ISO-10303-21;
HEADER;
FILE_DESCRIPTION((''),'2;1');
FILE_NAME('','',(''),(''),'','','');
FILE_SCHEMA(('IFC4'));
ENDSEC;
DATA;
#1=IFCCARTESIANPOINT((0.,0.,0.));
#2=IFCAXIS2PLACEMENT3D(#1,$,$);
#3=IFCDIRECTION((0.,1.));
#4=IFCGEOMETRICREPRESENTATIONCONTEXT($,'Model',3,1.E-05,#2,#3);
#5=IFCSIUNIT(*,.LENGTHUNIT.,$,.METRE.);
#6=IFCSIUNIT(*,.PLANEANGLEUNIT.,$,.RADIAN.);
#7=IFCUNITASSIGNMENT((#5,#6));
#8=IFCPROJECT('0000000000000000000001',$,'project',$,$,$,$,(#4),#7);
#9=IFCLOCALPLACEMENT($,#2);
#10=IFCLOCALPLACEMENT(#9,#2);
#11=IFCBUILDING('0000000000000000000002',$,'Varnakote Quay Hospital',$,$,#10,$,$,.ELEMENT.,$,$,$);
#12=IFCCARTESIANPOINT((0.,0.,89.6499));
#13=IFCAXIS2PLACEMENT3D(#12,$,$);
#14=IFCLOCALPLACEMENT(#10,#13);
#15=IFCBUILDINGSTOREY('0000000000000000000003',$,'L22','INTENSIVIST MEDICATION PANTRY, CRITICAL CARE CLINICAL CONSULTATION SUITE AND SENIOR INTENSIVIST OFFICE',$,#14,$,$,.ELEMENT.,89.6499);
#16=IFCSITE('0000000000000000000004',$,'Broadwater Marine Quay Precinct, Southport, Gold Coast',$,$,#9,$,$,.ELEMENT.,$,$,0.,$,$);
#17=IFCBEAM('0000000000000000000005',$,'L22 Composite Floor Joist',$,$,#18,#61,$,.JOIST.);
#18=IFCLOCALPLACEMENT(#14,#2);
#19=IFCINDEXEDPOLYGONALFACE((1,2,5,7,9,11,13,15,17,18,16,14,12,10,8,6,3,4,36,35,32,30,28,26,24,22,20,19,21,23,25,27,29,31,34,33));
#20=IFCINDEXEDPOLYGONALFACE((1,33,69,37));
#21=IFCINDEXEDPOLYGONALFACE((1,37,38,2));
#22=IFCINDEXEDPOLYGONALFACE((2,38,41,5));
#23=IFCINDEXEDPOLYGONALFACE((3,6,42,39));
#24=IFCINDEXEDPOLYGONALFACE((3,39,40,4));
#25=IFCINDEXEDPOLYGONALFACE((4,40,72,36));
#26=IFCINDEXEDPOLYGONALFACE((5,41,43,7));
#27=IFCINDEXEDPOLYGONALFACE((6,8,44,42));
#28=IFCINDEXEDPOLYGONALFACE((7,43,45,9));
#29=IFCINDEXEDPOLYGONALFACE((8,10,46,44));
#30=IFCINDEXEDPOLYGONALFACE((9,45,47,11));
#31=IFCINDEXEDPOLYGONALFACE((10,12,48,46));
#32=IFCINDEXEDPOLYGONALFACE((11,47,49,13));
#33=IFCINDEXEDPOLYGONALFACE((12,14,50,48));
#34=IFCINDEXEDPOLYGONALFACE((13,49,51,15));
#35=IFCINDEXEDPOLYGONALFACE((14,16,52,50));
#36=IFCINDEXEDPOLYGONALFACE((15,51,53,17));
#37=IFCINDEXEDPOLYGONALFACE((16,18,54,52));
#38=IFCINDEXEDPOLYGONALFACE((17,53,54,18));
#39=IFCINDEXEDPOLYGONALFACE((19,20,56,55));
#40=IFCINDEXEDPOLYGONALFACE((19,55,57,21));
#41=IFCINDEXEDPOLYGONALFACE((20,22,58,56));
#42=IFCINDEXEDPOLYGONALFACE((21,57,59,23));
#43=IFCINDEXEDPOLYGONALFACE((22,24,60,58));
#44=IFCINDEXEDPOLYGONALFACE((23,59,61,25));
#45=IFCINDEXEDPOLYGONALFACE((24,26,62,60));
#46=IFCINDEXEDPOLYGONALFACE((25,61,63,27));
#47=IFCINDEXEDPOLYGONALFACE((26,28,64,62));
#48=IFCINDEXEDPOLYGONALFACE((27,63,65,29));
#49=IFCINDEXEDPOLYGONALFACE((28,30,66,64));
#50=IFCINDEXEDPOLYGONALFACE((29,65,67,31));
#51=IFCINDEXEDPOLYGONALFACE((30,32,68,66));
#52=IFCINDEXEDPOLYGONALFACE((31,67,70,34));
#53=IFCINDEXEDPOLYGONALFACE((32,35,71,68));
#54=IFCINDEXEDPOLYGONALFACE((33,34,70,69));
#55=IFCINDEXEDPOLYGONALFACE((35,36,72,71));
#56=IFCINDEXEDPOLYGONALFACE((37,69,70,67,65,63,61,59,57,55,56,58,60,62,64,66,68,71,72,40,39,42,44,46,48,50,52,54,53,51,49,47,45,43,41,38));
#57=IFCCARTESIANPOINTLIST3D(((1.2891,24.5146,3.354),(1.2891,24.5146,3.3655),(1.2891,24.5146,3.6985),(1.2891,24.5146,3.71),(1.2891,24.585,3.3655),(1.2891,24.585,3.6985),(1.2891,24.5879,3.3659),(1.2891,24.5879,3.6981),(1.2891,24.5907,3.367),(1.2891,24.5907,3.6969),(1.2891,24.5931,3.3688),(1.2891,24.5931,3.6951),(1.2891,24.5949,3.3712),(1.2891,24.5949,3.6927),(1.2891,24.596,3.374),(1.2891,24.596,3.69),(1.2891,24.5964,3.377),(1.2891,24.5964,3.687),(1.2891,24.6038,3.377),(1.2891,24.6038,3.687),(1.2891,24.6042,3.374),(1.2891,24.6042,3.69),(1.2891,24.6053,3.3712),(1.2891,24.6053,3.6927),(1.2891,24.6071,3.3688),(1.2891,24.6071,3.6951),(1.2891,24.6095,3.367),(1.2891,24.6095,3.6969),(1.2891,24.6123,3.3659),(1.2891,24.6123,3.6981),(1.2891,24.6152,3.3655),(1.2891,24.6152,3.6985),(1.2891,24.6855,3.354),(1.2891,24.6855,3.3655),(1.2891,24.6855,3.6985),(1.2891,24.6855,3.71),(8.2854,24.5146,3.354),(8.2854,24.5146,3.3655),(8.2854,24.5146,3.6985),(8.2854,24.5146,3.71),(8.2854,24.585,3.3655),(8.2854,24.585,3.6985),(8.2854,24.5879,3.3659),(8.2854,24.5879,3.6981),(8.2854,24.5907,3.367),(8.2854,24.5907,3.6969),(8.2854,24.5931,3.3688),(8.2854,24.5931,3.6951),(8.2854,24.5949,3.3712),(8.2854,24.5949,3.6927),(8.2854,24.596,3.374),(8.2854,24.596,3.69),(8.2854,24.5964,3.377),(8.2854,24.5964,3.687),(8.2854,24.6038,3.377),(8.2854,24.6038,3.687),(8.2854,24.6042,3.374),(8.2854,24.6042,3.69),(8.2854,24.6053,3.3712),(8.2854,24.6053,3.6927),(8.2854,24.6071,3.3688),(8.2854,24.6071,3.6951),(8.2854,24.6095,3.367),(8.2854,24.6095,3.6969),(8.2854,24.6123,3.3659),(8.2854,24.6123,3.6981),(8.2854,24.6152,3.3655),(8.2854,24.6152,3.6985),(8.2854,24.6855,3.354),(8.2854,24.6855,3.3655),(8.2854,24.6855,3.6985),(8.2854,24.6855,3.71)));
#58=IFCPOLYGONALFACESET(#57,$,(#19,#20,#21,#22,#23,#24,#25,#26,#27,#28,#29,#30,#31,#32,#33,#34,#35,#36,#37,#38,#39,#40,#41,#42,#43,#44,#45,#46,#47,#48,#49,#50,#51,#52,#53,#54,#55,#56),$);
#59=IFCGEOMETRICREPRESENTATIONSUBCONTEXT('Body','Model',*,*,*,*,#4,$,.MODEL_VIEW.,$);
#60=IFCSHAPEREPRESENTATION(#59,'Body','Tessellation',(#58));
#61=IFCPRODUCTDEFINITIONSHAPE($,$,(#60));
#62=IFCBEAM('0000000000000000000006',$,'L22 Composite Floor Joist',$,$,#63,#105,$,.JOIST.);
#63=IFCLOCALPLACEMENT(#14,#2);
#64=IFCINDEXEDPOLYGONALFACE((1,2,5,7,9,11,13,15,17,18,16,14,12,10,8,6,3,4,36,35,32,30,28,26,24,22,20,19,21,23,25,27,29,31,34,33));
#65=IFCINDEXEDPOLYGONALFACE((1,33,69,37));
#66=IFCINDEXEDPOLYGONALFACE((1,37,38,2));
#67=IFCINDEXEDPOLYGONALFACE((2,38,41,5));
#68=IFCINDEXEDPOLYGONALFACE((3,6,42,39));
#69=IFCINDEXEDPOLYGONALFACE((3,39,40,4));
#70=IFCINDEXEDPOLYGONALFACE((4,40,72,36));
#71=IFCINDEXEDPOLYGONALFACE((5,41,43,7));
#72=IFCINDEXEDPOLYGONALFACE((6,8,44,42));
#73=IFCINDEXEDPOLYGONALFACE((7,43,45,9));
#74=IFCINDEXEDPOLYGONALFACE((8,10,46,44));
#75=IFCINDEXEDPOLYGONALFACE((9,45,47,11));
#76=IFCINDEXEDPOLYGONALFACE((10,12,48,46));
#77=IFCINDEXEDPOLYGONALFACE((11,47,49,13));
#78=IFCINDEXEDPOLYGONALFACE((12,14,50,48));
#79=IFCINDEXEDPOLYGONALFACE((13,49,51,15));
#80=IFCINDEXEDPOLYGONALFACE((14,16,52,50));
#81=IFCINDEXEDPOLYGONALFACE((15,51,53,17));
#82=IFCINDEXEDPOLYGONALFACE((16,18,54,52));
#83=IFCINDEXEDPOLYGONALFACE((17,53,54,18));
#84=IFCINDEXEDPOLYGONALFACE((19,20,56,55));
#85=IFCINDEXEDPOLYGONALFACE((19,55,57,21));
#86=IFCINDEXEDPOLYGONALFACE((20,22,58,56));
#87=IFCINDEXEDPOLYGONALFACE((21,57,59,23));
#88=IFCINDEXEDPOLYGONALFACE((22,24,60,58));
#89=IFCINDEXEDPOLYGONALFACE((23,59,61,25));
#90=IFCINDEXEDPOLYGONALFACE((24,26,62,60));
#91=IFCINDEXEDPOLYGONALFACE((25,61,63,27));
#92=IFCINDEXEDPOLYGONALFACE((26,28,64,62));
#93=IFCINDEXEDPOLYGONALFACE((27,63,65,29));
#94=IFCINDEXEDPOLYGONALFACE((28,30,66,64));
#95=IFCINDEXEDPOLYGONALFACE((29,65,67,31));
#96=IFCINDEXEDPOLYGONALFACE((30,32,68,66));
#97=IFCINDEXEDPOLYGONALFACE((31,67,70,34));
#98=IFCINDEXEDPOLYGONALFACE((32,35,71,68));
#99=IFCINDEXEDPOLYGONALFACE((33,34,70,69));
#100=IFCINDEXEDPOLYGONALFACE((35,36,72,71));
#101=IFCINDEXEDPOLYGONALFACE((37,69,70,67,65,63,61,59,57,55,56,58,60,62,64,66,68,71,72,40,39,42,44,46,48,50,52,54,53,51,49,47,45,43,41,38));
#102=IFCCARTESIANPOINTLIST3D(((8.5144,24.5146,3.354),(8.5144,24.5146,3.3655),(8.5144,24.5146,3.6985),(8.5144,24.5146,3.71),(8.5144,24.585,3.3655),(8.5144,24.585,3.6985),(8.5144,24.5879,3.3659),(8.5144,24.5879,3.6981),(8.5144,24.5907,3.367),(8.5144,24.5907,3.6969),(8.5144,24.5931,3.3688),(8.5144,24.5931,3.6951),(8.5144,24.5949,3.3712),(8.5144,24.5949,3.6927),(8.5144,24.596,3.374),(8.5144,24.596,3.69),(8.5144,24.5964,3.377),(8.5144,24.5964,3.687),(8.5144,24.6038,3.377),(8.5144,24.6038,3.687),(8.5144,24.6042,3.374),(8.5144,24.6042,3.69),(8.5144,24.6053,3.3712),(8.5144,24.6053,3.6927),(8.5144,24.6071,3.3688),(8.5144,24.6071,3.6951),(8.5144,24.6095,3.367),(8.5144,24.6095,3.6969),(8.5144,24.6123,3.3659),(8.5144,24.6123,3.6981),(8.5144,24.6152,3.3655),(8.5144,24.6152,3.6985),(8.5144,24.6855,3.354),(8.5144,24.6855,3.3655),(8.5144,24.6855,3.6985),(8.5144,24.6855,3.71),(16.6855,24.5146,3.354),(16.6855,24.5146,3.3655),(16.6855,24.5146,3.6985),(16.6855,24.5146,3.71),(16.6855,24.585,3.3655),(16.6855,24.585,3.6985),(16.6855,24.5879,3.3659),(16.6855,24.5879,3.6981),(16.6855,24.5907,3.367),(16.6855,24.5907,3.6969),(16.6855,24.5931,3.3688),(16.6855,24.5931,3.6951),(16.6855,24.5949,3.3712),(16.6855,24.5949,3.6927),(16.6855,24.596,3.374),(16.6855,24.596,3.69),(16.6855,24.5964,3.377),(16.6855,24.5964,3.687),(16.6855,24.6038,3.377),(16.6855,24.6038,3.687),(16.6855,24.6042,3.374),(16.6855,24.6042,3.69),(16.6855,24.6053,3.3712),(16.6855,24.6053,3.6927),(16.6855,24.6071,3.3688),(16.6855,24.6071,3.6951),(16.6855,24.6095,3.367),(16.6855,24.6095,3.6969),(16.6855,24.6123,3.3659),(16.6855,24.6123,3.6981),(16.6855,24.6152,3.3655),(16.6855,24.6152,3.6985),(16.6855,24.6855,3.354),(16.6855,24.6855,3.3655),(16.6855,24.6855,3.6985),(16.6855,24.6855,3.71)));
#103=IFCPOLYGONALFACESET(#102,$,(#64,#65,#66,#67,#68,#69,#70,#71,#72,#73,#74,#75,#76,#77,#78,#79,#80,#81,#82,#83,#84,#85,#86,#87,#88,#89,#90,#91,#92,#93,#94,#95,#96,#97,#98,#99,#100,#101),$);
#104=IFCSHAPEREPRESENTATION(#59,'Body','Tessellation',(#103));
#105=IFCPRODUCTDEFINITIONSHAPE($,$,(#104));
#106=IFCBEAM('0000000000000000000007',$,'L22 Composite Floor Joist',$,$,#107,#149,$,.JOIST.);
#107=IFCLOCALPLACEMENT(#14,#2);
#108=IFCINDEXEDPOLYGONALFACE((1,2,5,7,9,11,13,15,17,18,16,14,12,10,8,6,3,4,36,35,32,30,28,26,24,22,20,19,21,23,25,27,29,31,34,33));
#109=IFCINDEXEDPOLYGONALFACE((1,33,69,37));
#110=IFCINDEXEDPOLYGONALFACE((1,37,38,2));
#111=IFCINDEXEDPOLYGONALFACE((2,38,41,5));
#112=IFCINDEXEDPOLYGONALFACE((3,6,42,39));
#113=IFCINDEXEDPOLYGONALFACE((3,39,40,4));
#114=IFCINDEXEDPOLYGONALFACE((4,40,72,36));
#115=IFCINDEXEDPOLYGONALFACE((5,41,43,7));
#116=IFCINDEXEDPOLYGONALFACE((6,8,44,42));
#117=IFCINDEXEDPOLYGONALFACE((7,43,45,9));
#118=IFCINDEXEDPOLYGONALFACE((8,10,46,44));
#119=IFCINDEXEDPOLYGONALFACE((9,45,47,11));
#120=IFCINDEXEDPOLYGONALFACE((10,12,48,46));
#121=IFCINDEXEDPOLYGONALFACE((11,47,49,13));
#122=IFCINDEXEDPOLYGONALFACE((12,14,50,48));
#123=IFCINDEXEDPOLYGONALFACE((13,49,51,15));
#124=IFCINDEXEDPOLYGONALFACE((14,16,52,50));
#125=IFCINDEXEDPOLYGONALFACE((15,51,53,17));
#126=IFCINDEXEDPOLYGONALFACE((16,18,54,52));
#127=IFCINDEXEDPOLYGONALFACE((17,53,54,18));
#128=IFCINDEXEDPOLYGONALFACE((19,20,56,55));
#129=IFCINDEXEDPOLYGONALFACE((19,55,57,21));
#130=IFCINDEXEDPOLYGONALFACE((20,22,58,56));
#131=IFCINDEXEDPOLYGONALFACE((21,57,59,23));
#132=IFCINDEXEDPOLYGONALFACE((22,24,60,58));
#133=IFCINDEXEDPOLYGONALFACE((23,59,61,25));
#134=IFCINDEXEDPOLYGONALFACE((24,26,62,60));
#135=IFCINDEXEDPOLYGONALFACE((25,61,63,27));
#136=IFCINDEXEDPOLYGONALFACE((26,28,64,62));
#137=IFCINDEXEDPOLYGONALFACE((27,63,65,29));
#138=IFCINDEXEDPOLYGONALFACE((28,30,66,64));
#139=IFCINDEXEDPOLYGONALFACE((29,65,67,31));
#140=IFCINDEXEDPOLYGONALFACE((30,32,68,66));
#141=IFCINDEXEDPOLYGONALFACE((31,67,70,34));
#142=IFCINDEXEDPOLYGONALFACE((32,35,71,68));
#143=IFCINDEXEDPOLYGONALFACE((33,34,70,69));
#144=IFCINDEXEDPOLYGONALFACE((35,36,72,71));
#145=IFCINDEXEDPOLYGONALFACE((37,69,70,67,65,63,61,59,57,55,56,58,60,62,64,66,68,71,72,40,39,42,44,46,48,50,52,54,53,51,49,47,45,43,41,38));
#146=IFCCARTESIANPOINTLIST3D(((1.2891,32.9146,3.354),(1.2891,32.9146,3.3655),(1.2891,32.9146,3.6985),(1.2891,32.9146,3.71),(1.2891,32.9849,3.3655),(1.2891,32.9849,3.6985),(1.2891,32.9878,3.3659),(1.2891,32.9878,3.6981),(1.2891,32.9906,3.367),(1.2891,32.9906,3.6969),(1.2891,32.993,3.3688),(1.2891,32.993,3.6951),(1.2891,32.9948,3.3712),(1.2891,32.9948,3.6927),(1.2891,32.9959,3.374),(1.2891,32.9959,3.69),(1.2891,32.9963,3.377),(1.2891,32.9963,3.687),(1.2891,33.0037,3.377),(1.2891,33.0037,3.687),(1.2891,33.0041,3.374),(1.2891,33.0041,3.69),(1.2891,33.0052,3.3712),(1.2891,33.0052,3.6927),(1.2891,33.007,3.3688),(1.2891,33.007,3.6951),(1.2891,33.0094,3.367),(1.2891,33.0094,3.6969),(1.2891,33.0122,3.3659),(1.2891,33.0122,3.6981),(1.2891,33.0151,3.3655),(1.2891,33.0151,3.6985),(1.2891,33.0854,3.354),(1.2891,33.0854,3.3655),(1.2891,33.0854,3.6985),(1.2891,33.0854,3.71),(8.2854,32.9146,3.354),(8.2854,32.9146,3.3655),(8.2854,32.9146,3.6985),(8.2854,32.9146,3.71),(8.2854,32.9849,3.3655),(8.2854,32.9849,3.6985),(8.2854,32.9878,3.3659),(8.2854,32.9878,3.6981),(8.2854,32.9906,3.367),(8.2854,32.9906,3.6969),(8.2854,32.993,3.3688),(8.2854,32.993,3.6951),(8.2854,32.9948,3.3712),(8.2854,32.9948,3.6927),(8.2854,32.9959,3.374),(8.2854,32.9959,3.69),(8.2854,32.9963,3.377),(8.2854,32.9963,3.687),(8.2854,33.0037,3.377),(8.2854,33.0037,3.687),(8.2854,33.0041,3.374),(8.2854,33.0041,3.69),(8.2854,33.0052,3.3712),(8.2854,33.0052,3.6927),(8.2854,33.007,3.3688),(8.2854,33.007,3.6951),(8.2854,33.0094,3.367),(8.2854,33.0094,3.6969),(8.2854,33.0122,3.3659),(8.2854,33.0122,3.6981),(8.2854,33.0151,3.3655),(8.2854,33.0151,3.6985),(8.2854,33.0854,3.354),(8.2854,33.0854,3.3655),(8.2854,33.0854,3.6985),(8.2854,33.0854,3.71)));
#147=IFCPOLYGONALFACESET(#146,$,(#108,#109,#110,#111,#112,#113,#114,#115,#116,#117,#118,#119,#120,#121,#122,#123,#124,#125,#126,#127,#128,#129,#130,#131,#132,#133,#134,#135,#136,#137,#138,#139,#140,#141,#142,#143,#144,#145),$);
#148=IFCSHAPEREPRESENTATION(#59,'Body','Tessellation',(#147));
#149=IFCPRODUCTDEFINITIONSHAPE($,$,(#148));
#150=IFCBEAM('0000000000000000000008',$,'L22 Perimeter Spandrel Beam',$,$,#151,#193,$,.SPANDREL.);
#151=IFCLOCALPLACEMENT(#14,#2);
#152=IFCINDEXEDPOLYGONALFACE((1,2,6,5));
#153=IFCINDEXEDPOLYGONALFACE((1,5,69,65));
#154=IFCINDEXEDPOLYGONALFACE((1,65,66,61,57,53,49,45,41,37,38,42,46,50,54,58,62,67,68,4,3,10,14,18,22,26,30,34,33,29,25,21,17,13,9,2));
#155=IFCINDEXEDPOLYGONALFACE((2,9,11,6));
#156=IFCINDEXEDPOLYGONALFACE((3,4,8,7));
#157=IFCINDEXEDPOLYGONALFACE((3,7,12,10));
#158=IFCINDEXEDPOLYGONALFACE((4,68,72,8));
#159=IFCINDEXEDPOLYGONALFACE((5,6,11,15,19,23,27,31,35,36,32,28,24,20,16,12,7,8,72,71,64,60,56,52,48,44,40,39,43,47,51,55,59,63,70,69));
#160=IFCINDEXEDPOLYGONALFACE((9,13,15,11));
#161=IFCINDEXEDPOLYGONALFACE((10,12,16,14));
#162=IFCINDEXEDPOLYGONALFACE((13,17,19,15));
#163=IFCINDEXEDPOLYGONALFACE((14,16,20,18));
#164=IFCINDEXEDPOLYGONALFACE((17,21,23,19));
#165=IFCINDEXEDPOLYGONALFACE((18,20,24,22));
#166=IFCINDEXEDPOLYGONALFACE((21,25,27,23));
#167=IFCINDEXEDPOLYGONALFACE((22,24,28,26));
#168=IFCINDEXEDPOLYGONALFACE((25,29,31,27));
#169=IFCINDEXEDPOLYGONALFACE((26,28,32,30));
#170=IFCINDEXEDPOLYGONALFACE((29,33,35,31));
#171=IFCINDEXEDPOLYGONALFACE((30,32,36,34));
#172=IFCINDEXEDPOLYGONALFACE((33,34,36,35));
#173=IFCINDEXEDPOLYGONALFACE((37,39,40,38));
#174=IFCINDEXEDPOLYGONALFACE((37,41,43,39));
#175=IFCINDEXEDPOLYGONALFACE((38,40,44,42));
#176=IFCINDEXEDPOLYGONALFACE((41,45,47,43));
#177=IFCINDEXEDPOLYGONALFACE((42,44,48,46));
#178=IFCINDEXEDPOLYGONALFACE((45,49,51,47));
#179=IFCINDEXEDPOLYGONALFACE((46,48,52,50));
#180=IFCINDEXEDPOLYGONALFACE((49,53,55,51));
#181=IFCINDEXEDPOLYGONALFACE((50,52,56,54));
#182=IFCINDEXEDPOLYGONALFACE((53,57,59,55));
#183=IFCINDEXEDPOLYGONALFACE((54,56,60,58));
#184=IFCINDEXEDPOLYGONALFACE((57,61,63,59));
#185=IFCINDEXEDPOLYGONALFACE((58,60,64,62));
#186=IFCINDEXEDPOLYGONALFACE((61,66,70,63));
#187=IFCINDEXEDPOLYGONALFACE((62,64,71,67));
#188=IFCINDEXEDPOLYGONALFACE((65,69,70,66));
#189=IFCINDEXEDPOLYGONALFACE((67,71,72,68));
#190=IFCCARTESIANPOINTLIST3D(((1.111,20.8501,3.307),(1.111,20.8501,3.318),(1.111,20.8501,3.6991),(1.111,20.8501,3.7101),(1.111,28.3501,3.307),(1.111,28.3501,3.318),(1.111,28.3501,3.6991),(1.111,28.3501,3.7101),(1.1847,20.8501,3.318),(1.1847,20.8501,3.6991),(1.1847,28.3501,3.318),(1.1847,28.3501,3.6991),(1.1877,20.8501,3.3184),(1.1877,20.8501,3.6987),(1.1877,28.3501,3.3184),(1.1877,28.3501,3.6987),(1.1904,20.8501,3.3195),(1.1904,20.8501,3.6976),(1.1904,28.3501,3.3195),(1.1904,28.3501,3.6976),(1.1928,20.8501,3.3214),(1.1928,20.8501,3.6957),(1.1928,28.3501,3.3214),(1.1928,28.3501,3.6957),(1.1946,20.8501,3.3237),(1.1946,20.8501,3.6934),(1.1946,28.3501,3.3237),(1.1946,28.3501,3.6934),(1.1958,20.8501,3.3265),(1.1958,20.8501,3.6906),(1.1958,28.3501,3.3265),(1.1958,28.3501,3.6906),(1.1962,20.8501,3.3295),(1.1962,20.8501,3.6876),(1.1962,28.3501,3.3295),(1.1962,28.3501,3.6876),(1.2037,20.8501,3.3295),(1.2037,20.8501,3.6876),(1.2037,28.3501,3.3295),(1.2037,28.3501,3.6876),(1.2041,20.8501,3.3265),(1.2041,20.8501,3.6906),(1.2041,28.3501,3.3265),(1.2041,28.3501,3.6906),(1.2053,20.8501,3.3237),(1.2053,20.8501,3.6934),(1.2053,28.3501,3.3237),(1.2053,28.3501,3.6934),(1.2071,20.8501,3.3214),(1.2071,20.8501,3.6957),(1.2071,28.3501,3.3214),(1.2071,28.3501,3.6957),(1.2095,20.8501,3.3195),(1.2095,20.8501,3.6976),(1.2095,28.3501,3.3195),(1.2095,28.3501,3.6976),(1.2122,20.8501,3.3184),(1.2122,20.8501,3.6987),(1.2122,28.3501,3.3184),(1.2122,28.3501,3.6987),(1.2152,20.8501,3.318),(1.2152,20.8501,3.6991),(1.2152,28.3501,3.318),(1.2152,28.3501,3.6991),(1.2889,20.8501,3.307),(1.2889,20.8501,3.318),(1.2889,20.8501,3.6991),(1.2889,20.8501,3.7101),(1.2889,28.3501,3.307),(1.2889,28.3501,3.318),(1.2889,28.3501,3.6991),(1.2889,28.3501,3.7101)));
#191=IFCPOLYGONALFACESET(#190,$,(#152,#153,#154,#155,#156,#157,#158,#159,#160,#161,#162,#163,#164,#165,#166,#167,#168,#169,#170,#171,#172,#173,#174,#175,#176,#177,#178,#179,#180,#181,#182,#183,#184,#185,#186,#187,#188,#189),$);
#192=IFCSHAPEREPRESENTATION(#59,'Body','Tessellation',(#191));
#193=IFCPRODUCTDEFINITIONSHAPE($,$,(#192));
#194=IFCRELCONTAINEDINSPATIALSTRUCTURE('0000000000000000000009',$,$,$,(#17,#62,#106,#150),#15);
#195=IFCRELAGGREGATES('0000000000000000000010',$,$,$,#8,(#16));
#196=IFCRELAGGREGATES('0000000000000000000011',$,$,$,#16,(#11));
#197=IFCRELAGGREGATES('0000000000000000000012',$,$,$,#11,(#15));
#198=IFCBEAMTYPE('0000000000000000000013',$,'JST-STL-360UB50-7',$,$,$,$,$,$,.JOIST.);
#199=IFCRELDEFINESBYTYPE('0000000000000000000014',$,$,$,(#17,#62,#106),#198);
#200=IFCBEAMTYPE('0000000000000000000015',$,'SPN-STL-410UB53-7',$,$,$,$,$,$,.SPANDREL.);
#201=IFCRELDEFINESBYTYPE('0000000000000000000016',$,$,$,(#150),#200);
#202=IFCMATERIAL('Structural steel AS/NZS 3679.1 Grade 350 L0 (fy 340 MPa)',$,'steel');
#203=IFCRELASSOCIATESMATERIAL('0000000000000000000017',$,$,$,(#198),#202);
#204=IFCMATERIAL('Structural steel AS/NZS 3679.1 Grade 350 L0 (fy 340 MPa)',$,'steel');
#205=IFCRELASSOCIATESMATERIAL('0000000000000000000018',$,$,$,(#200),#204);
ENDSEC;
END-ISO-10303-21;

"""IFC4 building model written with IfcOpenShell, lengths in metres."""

from ifc_helpers import new_model, si_unit, direction, frame, origin, origin_2d, place, context, subcontext, project, spatial, i_section, extrude, material, material_profile, profile_set, type_object, element, save


model = new_model("IFC4")

# Units and contexts
model_context = context("Model", 3, precision=1e-05, world=origin(), true_north=direction((0.0, 1.0)))
body_context = subcontext(model_context, "Body", "Model", "MODEL_VIEW")
ifc_project = project(units=[si_unit("LENGTHUNIT", "METRE"), si_unit("PLANEANGLEUNIT", "RADIAN")], contexts=[model_context])

# Site, building, storey
site_placement = place(None, origin())
site = spatial("IfcSite", under=ifc_project, at=site_placement, Name="Broadwater Marine Quay Precinct, Southport, Gold Coast", CompositionType="ELEMENT", RefElevation=0.0)
building_placement = place(site_placement, origin())
building = spatial("IfcBuilding", under=site, at=building_placement, Name="Varnakote Quay Hospital", CompositionType="ELEMENT")
storey_placement = place(building_placement, frame((0.0, 0.0, 89.6499)))
storey = spatial("IfcBuildingStorey", under=building, at=storey_placement, Name="L22", Description="INTENSIVIST MEDICATION PANTRY, CRITICAL CARE CLINICAL CONSULTATION SUITE AND SENIOR INTENSIVIST OFFICE", CompositionType="ELEMENT", Elevation=89.6499)

# Beams
ifc_material_1 = material(Name="Structural steel AS/NZS 3679.1 Grade 350 L0 (fy 340 MPa)", Category="steel")
ifc_material_profile_1 = material_profile(ifc_material_1, i_section(OverallWidth=0.1709, OverallDepth=0.356, WebThickness=0.0073, FlangeThickness=0.0115, FilletRadius=0.0115, at=origin_2d()), Name="360UB50.7")
ifc_profile_set_1 = profile_set([ifc_material_profile_1], Name="Structural steel AS/NZS 3679.1 Grade 350 L0 (fy 340 MPa)")
beam_type_1 = type_object("IfcBeamType", Name="JST-STL-360UB50-7", PredefinedType="JOIST", material=ifc_profile_set_1)
beam_1_placement = place(storey_placement, frame((1.2891, 24.6001, 3.532), z_axis=(1.0, 0.0, 0.0), x_axis=(0.0, 1.0, 0.0)))
element("IfcBeam", 1, at=beam_1_placement, inside=storey, type_object=beam_type_1, Name="L22 Composite Floor Joist", PredefinedType="JOIST", context=body_context, shape_type="SweptSolid", body=[
    extrude(i_section(OverallWidth=0.1709, OverallDepth=0.356, WebThickness=0.0073, FlangeThickness=0.0115, FilletRadius=0.0115, at=origin_2d()), origin(), (0.0, 0.0, 1.0), 6.9963),
])
beam_2_placement = place(storey_placement, frame((8.5144, 24.6001, 3.532), z_axis=(1.0, 0.0, 0.0), x_axis=(0.0, 1.0, 0.0)))
element("IfcBeam", 2, at=beam_2_placement, inside=storey, type_object=beam_type_1, Name="L22 Composite Floor Joist", PredefinedType="JOIST", context=body_context, shape_type="SweptSolid", body=[
    extrude(i_section(OverallWidth=0.1709, OverallDepth=0.356, WebThickness=0.0073, FlangeThickness=0.0115, FilletRadius=0.0115, at=origin_2d()), origin(), (0.0, 0.0, 1.0), 8.1711),
])
beam_3_placement = place(storey_placement, frame((1.2891, 33.0, 3.532), z_axis=(1.0, 0.0, 0.0), x_axis=(0.0, 1.0, 0.0)))
element("IfcBeam", 3, at=beam_3_placement, inside=storey, type_object=beam_type_1, Name="L22 Composite Floor Joist", PredefinedType="JOIST", context=body_context, shape_type="SweptSolid", body=[
    extrude(i_section(OverallWidth=0.1709, OverallDepth=0.356, WebThickness=0.0073, FlangeThickness=0.0115, FilletRadius=0.0115, at=origin_2d()), origin(), (0.0, 0.0, 1.0), 6.9963),
])
ifc_material_2 = material(Name="Structural steel AS/NZS 3679.1 Grade 350 L0 (fy 340 MPa)", Category="steel")
ifc_material_profile_2 = material_profile(ifc_material_2, i_section(OverallWidth=0.178, OverallDepth=0.4031, WebThickness=0.0076, FlangeThickness=0.011, FilletRadius=0.0115, at=origin_2d()), Name="410UB53.7")
ifc_profile_set_2 = profile_set([ifc_material_profile_2], Name="Structural steel AS/NZS 3679.1 Grade 350 L0 (fy 340 MPa)")
beam_type_2 = type_object("IfcBeamType", Name="SPN-STL-410UB53-7", PredefinedType="SPANDREL", material=ifc_profile_set_2)
beam_4_placement = place(storey_placement, frame((1.2, 20.8501, 3.5085), z_axis=(0.0, 1.0, 0.0), x_axis=(-1.0, 0.0, 0.0)))
element("IfcBeam", 4, at=beam_4_placement, inside=storey, type_object=beam_type_2, Name="L22 Perimeter Spandrel Beam", PredefinedType="SPANDREL", context=body_context, shape_type="SweptSolid", body=[
    extrude(i_section(OverallWidth=0.178, OverallDepth=0.4031, WebThickness=0.0076, FlangeThickness=0.011, FilletRadius=0.0115, at=origin_2d()), origin(), (0.0, 0.0, 1.0), 7.5),
])

save(model, "model.ifc")
